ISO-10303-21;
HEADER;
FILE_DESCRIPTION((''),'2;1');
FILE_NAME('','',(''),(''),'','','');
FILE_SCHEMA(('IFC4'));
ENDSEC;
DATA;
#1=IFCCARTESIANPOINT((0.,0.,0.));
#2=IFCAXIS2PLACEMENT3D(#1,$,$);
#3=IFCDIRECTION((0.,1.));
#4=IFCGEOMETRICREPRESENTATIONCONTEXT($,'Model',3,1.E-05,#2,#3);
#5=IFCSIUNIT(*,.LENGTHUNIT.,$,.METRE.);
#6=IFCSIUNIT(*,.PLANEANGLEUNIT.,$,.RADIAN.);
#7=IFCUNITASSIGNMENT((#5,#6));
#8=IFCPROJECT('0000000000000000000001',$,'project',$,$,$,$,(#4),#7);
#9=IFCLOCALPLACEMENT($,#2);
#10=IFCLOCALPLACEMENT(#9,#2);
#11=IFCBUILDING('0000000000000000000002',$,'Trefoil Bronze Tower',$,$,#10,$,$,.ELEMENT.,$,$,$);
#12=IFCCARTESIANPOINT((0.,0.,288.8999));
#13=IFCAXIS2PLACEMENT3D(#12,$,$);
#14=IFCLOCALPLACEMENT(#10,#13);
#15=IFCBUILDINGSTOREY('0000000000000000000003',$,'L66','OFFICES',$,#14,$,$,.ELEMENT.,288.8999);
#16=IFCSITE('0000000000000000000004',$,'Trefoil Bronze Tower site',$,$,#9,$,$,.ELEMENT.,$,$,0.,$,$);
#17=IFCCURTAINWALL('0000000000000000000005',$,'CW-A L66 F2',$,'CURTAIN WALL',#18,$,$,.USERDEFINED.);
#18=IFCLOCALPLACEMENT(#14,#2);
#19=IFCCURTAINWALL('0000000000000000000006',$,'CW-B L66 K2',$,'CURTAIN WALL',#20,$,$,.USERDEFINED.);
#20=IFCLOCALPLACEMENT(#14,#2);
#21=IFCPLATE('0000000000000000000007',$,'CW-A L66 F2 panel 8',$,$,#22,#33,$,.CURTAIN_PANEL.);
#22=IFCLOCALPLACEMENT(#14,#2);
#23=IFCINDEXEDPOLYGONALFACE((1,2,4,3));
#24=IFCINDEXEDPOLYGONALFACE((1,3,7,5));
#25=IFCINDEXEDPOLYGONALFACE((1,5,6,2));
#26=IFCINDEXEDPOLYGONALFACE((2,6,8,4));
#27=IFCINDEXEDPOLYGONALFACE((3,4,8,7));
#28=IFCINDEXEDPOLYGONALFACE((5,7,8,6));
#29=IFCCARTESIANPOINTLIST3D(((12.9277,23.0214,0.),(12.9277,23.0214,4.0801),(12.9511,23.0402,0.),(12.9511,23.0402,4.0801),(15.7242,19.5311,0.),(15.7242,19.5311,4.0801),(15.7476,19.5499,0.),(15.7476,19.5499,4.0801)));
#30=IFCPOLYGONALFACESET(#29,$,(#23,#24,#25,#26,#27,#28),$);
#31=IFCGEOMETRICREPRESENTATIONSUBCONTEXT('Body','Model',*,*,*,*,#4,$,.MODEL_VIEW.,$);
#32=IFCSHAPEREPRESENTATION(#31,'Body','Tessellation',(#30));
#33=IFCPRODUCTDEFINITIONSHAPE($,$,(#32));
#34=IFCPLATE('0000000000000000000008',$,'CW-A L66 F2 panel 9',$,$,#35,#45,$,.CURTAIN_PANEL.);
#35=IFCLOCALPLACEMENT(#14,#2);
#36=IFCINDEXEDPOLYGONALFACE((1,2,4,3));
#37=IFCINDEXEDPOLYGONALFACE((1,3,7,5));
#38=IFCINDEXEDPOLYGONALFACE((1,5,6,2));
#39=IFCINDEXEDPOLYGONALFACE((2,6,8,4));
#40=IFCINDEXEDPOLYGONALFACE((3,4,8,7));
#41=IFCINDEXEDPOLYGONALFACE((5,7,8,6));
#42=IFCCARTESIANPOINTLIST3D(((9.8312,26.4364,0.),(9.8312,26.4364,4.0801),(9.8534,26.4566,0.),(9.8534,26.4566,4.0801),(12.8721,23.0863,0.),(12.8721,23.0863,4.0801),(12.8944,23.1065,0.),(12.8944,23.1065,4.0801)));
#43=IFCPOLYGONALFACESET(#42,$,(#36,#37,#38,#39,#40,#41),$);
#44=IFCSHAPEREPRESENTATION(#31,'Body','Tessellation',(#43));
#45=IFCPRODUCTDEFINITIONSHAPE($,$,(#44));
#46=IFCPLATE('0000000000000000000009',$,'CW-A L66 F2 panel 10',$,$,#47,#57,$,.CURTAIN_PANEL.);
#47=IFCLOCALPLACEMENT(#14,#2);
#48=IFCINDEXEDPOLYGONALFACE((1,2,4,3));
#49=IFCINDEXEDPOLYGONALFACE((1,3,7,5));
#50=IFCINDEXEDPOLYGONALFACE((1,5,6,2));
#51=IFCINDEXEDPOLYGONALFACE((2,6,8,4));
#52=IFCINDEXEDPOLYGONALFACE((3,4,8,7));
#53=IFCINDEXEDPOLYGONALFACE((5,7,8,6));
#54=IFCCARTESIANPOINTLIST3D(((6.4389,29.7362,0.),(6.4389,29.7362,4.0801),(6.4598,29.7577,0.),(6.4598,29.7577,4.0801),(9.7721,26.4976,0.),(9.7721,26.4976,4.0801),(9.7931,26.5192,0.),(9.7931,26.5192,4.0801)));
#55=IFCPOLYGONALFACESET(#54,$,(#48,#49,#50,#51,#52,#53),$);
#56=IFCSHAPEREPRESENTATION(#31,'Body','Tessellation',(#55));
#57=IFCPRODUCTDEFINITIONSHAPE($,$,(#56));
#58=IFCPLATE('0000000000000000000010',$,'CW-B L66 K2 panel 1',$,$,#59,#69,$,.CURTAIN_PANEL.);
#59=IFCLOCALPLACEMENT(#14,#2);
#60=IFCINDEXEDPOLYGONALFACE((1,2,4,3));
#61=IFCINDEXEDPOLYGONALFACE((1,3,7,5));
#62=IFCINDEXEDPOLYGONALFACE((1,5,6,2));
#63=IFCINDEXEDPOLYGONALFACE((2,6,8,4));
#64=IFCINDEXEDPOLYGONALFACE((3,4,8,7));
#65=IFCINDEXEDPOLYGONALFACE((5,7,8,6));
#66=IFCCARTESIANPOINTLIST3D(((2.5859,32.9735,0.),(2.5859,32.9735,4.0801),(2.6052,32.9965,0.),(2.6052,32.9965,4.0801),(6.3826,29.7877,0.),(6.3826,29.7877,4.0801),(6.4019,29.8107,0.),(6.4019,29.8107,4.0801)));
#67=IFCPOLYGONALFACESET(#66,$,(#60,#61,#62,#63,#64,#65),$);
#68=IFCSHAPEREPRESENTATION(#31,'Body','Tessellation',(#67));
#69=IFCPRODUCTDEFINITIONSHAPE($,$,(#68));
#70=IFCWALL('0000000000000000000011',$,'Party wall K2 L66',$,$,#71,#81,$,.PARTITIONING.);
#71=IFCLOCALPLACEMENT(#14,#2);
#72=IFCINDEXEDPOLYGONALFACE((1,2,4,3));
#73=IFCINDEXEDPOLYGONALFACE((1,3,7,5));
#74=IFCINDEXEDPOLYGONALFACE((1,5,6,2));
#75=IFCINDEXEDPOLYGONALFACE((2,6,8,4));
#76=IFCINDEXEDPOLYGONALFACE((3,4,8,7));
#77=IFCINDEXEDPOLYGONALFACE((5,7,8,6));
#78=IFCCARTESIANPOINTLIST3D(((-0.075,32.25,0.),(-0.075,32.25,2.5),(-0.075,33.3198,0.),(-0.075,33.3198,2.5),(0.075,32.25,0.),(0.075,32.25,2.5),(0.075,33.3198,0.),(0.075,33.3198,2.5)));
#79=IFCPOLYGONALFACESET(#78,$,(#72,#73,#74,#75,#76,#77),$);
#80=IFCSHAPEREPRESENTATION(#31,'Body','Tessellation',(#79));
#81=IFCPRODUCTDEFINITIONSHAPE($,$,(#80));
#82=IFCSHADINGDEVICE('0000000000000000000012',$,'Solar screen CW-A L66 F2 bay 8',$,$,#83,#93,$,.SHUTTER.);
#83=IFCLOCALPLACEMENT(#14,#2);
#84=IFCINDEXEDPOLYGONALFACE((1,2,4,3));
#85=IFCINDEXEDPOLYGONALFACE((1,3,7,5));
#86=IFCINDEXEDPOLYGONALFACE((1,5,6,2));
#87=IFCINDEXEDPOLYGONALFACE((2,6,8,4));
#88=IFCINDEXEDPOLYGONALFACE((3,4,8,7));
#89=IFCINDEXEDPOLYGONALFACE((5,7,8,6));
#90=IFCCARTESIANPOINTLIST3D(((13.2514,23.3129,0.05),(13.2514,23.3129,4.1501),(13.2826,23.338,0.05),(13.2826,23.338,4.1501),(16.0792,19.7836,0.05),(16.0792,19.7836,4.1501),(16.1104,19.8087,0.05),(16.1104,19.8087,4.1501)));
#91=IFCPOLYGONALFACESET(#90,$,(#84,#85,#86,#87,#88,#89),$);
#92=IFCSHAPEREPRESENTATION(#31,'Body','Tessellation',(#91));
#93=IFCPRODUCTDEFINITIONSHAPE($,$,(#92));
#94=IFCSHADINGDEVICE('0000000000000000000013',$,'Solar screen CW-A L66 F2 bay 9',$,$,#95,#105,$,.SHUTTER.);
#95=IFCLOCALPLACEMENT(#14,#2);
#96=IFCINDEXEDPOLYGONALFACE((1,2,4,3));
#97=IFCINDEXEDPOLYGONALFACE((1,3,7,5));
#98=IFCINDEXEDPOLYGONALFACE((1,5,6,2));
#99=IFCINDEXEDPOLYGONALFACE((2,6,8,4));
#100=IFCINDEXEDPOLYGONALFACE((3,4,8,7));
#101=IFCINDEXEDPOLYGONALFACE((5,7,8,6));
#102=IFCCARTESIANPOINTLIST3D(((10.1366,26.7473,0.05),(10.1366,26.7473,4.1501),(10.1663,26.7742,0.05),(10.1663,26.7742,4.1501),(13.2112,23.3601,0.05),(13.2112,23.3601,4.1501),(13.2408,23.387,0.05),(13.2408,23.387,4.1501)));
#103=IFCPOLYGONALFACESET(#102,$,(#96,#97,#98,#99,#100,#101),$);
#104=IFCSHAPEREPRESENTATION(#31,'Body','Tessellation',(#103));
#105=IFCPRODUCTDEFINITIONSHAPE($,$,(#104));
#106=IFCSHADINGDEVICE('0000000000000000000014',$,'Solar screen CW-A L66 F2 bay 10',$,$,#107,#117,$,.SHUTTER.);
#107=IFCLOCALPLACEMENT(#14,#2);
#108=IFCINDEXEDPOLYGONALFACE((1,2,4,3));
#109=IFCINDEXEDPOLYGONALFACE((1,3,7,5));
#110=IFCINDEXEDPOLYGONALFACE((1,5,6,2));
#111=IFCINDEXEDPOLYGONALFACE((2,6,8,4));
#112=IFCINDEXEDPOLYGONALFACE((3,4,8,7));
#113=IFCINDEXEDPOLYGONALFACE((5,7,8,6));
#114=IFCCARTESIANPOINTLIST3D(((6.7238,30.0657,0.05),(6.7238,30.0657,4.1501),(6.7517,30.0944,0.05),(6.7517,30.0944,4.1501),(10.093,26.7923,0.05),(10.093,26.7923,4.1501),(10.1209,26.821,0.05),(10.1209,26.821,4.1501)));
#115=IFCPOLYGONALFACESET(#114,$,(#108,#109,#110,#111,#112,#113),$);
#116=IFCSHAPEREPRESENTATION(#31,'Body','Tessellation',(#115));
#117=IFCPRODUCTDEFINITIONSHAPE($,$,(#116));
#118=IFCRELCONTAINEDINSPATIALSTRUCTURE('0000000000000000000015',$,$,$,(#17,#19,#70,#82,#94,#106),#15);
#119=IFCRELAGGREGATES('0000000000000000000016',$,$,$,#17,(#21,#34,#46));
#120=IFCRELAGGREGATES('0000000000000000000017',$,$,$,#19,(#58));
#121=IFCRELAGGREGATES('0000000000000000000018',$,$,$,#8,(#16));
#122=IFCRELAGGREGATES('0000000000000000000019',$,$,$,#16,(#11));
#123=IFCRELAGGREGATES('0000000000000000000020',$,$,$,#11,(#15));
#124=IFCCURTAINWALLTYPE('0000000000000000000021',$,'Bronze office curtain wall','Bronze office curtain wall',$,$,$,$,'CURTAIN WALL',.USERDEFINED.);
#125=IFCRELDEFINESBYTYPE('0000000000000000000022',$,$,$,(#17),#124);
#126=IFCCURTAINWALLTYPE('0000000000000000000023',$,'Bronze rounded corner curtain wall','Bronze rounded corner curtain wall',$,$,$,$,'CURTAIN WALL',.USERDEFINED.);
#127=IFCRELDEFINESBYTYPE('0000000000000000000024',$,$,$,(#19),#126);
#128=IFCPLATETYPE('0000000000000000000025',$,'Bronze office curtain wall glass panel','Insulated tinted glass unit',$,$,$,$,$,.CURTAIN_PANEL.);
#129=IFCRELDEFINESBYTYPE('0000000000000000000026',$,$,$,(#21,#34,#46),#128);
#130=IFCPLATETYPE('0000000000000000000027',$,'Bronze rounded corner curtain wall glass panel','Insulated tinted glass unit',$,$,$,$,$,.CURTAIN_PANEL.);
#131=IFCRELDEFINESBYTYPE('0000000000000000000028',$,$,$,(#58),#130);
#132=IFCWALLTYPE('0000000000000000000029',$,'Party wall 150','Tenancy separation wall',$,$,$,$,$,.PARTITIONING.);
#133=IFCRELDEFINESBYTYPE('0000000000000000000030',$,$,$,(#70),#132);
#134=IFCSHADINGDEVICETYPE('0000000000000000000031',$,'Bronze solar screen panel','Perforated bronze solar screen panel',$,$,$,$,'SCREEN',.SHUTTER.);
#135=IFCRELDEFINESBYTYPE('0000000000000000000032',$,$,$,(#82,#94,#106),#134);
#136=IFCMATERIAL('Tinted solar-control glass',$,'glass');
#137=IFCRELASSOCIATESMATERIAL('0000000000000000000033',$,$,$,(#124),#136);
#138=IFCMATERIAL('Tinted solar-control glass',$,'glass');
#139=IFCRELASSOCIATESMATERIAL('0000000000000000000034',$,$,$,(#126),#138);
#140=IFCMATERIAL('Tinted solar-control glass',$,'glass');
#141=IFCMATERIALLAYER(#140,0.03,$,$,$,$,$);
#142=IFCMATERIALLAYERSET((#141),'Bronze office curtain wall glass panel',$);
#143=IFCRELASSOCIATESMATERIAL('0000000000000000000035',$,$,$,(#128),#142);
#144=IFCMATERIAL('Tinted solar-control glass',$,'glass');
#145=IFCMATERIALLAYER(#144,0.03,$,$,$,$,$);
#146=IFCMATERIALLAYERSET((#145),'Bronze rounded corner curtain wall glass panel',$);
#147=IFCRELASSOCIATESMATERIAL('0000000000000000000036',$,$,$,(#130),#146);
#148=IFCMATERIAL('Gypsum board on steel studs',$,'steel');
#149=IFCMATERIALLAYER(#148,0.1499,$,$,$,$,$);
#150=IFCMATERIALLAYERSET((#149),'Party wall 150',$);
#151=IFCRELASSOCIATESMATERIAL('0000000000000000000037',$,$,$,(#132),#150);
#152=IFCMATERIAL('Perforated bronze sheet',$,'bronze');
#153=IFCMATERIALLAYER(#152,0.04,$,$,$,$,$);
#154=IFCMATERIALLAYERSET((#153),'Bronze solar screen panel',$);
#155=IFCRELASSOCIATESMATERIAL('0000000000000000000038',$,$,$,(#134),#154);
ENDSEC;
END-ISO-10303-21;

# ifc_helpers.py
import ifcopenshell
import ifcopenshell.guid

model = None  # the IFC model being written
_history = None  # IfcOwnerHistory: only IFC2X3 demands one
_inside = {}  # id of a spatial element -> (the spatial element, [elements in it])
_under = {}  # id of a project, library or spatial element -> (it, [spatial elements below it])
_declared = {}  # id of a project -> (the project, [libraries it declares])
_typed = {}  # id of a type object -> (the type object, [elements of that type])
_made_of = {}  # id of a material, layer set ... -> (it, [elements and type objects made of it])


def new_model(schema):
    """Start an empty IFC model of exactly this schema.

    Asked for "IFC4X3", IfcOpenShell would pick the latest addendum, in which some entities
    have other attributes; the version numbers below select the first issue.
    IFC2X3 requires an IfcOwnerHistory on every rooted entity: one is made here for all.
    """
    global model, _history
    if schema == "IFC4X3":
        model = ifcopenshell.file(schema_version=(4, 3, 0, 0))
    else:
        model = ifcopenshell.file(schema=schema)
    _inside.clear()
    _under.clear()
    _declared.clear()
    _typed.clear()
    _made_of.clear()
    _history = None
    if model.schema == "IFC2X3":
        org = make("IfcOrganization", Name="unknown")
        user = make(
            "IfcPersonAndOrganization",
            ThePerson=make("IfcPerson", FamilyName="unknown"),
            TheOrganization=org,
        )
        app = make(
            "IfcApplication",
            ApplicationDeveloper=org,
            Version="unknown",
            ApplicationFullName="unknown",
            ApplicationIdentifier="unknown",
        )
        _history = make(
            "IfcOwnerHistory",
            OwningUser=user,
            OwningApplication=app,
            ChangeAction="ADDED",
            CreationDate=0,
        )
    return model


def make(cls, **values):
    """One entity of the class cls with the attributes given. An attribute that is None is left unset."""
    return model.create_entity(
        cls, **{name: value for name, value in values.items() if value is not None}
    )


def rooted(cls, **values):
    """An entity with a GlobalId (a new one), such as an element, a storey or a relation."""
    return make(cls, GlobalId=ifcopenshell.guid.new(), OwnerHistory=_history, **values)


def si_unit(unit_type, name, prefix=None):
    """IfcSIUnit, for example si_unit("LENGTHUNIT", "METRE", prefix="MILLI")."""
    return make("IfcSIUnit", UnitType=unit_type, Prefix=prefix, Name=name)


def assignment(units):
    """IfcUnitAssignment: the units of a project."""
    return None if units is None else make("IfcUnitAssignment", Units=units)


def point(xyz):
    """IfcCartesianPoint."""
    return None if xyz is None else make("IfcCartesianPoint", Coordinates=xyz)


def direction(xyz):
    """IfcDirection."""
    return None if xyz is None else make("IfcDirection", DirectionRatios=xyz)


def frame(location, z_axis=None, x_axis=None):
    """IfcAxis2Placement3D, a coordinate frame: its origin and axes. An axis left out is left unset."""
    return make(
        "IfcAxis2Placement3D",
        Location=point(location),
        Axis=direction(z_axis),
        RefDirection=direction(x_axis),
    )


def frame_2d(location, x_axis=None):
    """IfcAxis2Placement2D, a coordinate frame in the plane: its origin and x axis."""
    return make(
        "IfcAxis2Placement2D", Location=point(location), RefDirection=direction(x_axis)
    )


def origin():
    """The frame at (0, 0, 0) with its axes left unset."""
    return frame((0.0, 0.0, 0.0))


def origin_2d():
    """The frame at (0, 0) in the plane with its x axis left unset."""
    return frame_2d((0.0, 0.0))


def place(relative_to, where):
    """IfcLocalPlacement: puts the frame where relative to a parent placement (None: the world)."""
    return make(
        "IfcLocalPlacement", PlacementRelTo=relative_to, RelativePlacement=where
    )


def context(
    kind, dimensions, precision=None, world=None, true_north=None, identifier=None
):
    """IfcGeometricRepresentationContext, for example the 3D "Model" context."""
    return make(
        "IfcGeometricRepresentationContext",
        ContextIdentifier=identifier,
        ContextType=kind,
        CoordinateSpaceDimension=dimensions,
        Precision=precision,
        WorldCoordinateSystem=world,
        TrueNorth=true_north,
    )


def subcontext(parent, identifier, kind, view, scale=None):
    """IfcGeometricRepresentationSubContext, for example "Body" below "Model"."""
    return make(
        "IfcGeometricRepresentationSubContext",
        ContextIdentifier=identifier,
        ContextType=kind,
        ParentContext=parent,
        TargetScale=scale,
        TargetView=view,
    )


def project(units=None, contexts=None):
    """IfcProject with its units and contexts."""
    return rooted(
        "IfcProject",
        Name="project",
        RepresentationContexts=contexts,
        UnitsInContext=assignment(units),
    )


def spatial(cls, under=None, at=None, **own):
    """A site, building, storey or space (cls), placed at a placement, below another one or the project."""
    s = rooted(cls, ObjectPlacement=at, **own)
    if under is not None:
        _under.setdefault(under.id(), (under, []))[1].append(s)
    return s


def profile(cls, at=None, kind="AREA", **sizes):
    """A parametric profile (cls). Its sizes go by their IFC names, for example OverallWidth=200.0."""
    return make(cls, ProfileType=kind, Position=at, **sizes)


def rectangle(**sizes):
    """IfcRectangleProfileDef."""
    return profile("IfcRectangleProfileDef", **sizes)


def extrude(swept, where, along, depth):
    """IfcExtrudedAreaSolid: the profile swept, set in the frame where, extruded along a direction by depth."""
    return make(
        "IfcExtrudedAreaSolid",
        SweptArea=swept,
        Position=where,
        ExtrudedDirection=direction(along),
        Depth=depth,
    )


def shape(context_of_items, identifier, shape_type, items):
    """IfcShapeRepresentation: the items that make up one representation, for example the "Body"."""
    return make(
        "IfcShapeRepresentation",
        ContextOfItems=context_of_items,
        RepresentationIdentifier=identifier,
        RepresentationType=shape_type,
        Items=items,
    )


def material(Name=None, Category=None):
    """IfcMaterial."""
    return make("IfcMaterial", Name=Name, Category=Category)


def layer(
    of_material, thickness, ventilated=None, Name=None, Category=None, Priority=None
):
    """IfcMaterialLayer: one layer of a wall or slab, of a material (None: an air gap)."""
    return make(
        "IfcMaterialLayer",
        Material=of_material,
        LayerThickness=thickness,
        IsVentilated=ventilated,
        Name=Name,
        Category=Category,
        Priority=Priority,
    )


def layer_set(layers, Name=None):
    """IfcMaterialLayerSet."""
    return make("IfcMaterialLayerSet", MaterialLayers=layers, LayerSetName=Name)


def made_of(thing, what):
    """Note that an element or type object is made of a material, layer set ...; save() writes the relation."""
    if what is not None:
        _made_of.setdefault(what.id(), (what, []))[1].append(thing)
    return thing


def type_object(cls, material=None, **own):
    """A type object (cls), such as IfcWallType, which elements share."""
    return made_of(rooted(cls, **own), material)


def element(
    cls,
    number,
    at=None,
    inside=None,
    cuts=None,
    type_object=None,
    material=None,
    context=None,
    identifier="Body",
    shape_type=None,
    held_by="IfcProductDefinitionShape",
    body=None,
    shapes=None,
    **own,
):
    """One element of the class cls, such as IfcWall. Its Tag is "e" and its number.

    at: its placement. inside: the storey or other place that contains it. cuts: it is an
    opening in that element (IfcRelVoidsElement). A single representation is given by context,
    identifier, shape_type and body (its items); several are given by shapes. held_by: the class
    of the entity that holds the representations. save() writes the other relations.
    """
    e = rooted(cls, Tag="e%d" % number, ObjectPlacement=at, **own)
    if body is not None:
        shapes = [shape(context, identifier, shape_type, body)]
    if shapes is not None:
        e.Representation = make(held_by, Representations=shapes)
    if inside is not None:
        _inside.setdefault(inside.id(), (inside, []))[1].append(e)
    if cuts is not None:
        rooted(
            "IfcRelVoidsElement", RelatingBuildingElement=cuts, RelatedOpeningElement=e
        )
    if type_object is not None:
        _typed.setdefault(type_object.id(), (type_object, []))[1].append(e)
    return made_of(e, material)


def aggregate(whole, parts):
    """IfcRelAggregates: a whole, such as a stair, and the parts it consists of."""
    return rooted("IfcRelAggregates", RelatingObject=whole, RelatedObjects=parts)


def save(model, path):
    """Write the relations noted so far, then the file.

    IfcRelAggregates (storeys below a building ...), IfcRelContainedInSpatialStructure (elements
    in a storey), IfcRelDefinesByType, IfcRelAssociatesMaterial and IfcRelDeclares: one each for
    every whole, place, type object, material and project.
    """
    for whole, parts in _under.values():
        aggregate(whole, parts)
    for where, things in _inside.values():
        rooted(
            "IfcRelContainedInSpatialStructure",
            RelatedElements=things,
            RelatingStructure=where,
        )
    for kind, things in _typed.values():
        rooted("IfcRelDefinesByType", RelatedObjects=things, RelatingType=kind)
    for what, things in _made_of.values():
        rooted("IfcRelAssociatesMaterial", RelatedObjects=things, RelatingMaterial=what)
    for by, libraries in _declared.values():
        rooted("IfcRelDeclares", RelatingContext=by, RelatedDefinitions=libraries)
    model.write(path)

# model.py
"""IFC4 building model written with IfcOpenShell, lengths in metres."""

from ifc_helpers import new_model, si_unit, direction, frame, frame_2d, origin, origin_2d, place, context, subcontext, project, spatial, rectangle, extrude, material, layer, layer_set, type_object, element, aggregate, save


model = new_model("IFC4")

# Units and contexts
model_context = context("Model", 3, precision=1e-05, world=origin(), true_north=direction((0.0, 1.0)))
body_context = subcontext(model_context, "Body", "Model", "MODEL_VIEW")
ifc_project = project(units=[si_unit("LENGTHUNIT", "METRE"), si_unit("PLANEANGLEUNIT", "RADIAN")], contexts=[model_context])

# Site, building, storey
site_placement = place(None, origin())
site = spatial("IfcSite", under=ifc_project, at=site_placement, Name="Trefoil Bronze Tower site", CompositionType="ELEMENT", RefElevation=0.0)
building_placement = place(site_placement, origin())
building = spatial("IfcBuilding", under=site, at=building_placement, Name="Trefoil Bronze Tower", CompositionType="ELEMENT")
storey_placement = place(building_placement, frame((0.0, 0.0, 288.8999)))
storey = spatial("IfcBuildingStorey", under=building, at=storey_placement, Name="L66", Description="OFFICES", CompositionType="ELEMENT", Elevation=288.8999)

# Curtain walls
ifc_material_1 = material(Name="Tinted solar-control glass", Category="glass")
curtain_wall_type_1 = type_object("IfcCurtainWallType", Name="Bronze office curtain wall", Description="Bronze office curtain wall", ElementType="CURTAIN WALL", PredefinedType="USERDEFINED", material=ifc_material_1)
curtain_wall_1_placement = place(storey_placement, origin())
curtain_wall_1 = element("IfcCurtainWall", 1, at=curtain_wall_1_placement, inside=storey, type_object=curtain_wall_type_1, Name="CW-A L66 F2", ObjectType="CURTAIN WALL", PredefinedType="USERDEFINED")
ifc_material_2 = material(Name="Tinted solar-control glass", Category="glass")
curtain_wall_type_2 = type_object("IfcCurtainWallType", Name="Bronze rounded corner curtain wall", Description="Bronze rounded corner curtain wall", ElementType="CURTAIN WALL", PredefinedType="USERDEFINED", material=ifc_material_2)
curtain_wall_2_placement = place(storey_placement, origin())
curtain_wall_2 = element("IfcCurtainWall", 2, at=curtain_wall_2_placement, inside=storey, type_object=curtain_wall_type_2, Name="CW-B L66 K2", ObjectType="CURTAIN WALL", PredefinedType="USERDEFINED")

# Plates
ifc_material_3 = material(Name="Tinted solar-control glass", Category="glass")
ifc_layer_1 = layer(ifc_material_3, 0.03)
ifc_layer_set_1 = layer_set([ifc_layer_1], Name="Bronze office curtain wall glass panel")
plate_type_1 = type_object("IfcPlateType", Name="Bronze office curtain wall glass panel", Description="Insulated tinted glass unit", PredefinedType="CURTAIN_PANEL", material=ifc_layer_set_1)
plate_1_placement = place(storey_placement, frame((14.3376, 21.2856, 0.0), z_axis=(0.0, 0.0, 1.0), x_axis=(-0.625287, 0.780395, 0.0)))
plate_1 = element("IfcPlate", 3, at=plate_1_placement, type_object=plate_type_1, Name="CW-A L66 F2 panel 8", PredefinedType="CURTAIN_PANEL", context=body_context, shape_type="SweptSolid", body=[
    extrude(rectangle(XDim=4.4724, YDim=0.03, at=origin_2d()), origin(), (0.0, 0.0, 1.0), 4.0801),
])
plate_2_placement = place(storey_placement, frame((11.3628, 24.7715, 0.0), z_axis=(0.0, 0.0, 1.0), x_axis=(-0.672115, 0.740447, 0.0)))
plate_2 = element("IfcPlate", 4, at=plate_2_placement, type_object=plate_type_1, Name="CW-A L66 F2 panel 9", PredefinedType="CURTAIN_PANEL", context=body_context, shape_type="SweptSolid", body=[
    extrude(rectangle(XDim=4.5244, YDim=0.03, at=origin_2d()), origin(), (0.0, 0.0, 1.0), 4.0801),
])
plate_3_placement = place(storey_placement, frame((8.116, 28.1277, 0.0), z_axis=(0.0, 0.0, 1.0), x_axis=(-0.717218, 0.696849, 0.0)))
plate_3 = element("IfcPlate", 5, at=plate_3_placement, type_object=plate_type_1, Name="CW-A L66 F2 panel 10", PredefinedType="CURTAIN_PANEL", context=body_context, shape_type="SweptSolid", body=[
    extrude(rectangle(XDim=4.6475, YDim=0.03, at=origin_2d()), origin(), (0.0, 0.0, 1.0), 4.0801),
])
aggregate(curtain_wall_1, [plate_1, plate_2, plate_3])
ifc_material_4 = material(Name="Tinted solar-control glass", Category="glass")
ifc_layer_2 = layer(ifc_material_4, 0.03)
ifc_layer_set_2 = layer_set([ifc_layer_2], Name="Bronze rounded corner curtain wall glass panel")
plate_type_2 = type_object("IfcPlateType", Name="Bronze rounded corner curtain wall glass panel", Description="Insulated tinted glass unit", PredefinedType="CURTAIN_PANEL", material=ifc_layer_set_2)
plate_4_placement = place(storey_placement, frame((4.4939, 31.3921, 0.0), z_axis=(0.0, 0.0, 1.0), x_axis=(-0.766044, 0.642788, 0.0)))
plate_4 = element("IfcPlate", 6, at=plate_4_placement, type_object=plate_type_2, Name="CW-B L66 K2 panel 1", PredefinedType="CURTAIN_PANEL", context=body_context, shape_type="SweptSolid", body=[
    extrude(rectangle(XDim=4.9563, YDim=0.03, at=origin_2d()), origin(), (0.0, 0.0, 1.0), 4.0801),
])
aggregate(curtain_wall_2, [plate_4])

# Wall
ifc_material_5 = material(Name="Gypsum board on steel studs", Category="steel")
ifc_layer_3 = layer(ifc_material_5, 0.1499)
ifc_layer_set_3 = layer_set([ifc_layer_3], Name="Party wall 150")
wall_type = type_object("IfcWallType", Name="Party wall 150", Description="Tenancy separation wall", PredefinedType="PARTITIONING", material=ifc_layer_set_3)
wall_placement = place(storey_placement, frame((0.0, 32.25, 0.0), z_axis=(0.0, 0.0, 1.0), x_axis=(0.0, 1.0, 0.0)))
element("IfcWall", 7, at=wall_placement, inside=storey, type_object=wall_type, Name="Party wall K2 L66", PredefinedType="PARTITIONING", context=body_context, shape_type="SweptSolid", body=[
    extrude(rectangle(XDim=1.0698, YDim=0.1499, at=frame_2d((0.5349, 0.0))), origin(), (0.0, 0.0, 1.0), 2.5),
])

# Shading devices
ifc_material_6 = material(Name="Perforated bronze sheet", Category="bronze")
ifc_layer_4 = layer(ifc_material_6, 0.04)
ifc_layer_set_4 = layer_set([ifc_layer_4], Name="Bronze solar screen panel")
shading_device_type = type_object("IfcShadingDeviceType", Name="Bronze solar screen panel", Description="Perforated bronze solar screen panel", ElementType="SCREEN", PredefinedType="SHUTTER", material=ifc_layer_set_4)
shading_device_1_placement = place(storey_placement, frame((14.6809, 21.5608, 0.05), z_axis=(0.0, 0.0, 1.0), x_axis=(-0.625287, 0.780395, 0.0)))
element("IfcShadingDevice", 8, at=shading_device_1_placement, inside=storey, type_object=shading_device_type, Name="Solar screen CW-A L66 F2 bay 8", PredefinedType="SHUTTER", context=body_context, shape_type="SweptSolid", body=[
    extrude(rectangle(XDim=4.5225, YDim=0.04, at=origin_2d()), origin(), (0.0, 0.0, 1.0), 4.1001),
])
shading_device_2_placement = place(storey_placement, frame((11.6887, 25.0671, 0.05), z_axis=(0.0, 0.0, 1.0), x_axis=(-0.672115, 0.740447, 0.0)))
element("IfcShadingDevice", 9, at=shading_device_2_placement, inside=storey, type_object=shading_device_type, Name="Solar screen CW-A L66 F2 bay 9", PredefinedType="SHUTTER", context=body_context, shape_type="SweptSolid", body=[
    extrude(rectangle(XDim=4.5745, YDim=0.04, at=origin_2d()), origin(), (0.0, 0.0, 1.0), 4.1001),
])
shading_device_3_placement = place(storey_placement, frame((8.4224, 28.4434, 0.05), z_axis=(0.0, 0.0, 1.0), x_axis=(-0.717218, 0.696849, 0.0)))
element("IfcShadingDevice", 10, at=shading_device_3_placement, inside=storey, type_object=shading_device_type, Name="Solar screen CW-A L66 F2 bay 10", PredefinedType="SHUTTER", context=body_context, shape_type="SweptSolid", body=[
    extrude(rectangle(XDim=4.6975, YDim=0.04, at=origin_2d()), origin(), (0.0, 0.0, 1.0), 4.1001),
])

save(model, "model.ifc")
